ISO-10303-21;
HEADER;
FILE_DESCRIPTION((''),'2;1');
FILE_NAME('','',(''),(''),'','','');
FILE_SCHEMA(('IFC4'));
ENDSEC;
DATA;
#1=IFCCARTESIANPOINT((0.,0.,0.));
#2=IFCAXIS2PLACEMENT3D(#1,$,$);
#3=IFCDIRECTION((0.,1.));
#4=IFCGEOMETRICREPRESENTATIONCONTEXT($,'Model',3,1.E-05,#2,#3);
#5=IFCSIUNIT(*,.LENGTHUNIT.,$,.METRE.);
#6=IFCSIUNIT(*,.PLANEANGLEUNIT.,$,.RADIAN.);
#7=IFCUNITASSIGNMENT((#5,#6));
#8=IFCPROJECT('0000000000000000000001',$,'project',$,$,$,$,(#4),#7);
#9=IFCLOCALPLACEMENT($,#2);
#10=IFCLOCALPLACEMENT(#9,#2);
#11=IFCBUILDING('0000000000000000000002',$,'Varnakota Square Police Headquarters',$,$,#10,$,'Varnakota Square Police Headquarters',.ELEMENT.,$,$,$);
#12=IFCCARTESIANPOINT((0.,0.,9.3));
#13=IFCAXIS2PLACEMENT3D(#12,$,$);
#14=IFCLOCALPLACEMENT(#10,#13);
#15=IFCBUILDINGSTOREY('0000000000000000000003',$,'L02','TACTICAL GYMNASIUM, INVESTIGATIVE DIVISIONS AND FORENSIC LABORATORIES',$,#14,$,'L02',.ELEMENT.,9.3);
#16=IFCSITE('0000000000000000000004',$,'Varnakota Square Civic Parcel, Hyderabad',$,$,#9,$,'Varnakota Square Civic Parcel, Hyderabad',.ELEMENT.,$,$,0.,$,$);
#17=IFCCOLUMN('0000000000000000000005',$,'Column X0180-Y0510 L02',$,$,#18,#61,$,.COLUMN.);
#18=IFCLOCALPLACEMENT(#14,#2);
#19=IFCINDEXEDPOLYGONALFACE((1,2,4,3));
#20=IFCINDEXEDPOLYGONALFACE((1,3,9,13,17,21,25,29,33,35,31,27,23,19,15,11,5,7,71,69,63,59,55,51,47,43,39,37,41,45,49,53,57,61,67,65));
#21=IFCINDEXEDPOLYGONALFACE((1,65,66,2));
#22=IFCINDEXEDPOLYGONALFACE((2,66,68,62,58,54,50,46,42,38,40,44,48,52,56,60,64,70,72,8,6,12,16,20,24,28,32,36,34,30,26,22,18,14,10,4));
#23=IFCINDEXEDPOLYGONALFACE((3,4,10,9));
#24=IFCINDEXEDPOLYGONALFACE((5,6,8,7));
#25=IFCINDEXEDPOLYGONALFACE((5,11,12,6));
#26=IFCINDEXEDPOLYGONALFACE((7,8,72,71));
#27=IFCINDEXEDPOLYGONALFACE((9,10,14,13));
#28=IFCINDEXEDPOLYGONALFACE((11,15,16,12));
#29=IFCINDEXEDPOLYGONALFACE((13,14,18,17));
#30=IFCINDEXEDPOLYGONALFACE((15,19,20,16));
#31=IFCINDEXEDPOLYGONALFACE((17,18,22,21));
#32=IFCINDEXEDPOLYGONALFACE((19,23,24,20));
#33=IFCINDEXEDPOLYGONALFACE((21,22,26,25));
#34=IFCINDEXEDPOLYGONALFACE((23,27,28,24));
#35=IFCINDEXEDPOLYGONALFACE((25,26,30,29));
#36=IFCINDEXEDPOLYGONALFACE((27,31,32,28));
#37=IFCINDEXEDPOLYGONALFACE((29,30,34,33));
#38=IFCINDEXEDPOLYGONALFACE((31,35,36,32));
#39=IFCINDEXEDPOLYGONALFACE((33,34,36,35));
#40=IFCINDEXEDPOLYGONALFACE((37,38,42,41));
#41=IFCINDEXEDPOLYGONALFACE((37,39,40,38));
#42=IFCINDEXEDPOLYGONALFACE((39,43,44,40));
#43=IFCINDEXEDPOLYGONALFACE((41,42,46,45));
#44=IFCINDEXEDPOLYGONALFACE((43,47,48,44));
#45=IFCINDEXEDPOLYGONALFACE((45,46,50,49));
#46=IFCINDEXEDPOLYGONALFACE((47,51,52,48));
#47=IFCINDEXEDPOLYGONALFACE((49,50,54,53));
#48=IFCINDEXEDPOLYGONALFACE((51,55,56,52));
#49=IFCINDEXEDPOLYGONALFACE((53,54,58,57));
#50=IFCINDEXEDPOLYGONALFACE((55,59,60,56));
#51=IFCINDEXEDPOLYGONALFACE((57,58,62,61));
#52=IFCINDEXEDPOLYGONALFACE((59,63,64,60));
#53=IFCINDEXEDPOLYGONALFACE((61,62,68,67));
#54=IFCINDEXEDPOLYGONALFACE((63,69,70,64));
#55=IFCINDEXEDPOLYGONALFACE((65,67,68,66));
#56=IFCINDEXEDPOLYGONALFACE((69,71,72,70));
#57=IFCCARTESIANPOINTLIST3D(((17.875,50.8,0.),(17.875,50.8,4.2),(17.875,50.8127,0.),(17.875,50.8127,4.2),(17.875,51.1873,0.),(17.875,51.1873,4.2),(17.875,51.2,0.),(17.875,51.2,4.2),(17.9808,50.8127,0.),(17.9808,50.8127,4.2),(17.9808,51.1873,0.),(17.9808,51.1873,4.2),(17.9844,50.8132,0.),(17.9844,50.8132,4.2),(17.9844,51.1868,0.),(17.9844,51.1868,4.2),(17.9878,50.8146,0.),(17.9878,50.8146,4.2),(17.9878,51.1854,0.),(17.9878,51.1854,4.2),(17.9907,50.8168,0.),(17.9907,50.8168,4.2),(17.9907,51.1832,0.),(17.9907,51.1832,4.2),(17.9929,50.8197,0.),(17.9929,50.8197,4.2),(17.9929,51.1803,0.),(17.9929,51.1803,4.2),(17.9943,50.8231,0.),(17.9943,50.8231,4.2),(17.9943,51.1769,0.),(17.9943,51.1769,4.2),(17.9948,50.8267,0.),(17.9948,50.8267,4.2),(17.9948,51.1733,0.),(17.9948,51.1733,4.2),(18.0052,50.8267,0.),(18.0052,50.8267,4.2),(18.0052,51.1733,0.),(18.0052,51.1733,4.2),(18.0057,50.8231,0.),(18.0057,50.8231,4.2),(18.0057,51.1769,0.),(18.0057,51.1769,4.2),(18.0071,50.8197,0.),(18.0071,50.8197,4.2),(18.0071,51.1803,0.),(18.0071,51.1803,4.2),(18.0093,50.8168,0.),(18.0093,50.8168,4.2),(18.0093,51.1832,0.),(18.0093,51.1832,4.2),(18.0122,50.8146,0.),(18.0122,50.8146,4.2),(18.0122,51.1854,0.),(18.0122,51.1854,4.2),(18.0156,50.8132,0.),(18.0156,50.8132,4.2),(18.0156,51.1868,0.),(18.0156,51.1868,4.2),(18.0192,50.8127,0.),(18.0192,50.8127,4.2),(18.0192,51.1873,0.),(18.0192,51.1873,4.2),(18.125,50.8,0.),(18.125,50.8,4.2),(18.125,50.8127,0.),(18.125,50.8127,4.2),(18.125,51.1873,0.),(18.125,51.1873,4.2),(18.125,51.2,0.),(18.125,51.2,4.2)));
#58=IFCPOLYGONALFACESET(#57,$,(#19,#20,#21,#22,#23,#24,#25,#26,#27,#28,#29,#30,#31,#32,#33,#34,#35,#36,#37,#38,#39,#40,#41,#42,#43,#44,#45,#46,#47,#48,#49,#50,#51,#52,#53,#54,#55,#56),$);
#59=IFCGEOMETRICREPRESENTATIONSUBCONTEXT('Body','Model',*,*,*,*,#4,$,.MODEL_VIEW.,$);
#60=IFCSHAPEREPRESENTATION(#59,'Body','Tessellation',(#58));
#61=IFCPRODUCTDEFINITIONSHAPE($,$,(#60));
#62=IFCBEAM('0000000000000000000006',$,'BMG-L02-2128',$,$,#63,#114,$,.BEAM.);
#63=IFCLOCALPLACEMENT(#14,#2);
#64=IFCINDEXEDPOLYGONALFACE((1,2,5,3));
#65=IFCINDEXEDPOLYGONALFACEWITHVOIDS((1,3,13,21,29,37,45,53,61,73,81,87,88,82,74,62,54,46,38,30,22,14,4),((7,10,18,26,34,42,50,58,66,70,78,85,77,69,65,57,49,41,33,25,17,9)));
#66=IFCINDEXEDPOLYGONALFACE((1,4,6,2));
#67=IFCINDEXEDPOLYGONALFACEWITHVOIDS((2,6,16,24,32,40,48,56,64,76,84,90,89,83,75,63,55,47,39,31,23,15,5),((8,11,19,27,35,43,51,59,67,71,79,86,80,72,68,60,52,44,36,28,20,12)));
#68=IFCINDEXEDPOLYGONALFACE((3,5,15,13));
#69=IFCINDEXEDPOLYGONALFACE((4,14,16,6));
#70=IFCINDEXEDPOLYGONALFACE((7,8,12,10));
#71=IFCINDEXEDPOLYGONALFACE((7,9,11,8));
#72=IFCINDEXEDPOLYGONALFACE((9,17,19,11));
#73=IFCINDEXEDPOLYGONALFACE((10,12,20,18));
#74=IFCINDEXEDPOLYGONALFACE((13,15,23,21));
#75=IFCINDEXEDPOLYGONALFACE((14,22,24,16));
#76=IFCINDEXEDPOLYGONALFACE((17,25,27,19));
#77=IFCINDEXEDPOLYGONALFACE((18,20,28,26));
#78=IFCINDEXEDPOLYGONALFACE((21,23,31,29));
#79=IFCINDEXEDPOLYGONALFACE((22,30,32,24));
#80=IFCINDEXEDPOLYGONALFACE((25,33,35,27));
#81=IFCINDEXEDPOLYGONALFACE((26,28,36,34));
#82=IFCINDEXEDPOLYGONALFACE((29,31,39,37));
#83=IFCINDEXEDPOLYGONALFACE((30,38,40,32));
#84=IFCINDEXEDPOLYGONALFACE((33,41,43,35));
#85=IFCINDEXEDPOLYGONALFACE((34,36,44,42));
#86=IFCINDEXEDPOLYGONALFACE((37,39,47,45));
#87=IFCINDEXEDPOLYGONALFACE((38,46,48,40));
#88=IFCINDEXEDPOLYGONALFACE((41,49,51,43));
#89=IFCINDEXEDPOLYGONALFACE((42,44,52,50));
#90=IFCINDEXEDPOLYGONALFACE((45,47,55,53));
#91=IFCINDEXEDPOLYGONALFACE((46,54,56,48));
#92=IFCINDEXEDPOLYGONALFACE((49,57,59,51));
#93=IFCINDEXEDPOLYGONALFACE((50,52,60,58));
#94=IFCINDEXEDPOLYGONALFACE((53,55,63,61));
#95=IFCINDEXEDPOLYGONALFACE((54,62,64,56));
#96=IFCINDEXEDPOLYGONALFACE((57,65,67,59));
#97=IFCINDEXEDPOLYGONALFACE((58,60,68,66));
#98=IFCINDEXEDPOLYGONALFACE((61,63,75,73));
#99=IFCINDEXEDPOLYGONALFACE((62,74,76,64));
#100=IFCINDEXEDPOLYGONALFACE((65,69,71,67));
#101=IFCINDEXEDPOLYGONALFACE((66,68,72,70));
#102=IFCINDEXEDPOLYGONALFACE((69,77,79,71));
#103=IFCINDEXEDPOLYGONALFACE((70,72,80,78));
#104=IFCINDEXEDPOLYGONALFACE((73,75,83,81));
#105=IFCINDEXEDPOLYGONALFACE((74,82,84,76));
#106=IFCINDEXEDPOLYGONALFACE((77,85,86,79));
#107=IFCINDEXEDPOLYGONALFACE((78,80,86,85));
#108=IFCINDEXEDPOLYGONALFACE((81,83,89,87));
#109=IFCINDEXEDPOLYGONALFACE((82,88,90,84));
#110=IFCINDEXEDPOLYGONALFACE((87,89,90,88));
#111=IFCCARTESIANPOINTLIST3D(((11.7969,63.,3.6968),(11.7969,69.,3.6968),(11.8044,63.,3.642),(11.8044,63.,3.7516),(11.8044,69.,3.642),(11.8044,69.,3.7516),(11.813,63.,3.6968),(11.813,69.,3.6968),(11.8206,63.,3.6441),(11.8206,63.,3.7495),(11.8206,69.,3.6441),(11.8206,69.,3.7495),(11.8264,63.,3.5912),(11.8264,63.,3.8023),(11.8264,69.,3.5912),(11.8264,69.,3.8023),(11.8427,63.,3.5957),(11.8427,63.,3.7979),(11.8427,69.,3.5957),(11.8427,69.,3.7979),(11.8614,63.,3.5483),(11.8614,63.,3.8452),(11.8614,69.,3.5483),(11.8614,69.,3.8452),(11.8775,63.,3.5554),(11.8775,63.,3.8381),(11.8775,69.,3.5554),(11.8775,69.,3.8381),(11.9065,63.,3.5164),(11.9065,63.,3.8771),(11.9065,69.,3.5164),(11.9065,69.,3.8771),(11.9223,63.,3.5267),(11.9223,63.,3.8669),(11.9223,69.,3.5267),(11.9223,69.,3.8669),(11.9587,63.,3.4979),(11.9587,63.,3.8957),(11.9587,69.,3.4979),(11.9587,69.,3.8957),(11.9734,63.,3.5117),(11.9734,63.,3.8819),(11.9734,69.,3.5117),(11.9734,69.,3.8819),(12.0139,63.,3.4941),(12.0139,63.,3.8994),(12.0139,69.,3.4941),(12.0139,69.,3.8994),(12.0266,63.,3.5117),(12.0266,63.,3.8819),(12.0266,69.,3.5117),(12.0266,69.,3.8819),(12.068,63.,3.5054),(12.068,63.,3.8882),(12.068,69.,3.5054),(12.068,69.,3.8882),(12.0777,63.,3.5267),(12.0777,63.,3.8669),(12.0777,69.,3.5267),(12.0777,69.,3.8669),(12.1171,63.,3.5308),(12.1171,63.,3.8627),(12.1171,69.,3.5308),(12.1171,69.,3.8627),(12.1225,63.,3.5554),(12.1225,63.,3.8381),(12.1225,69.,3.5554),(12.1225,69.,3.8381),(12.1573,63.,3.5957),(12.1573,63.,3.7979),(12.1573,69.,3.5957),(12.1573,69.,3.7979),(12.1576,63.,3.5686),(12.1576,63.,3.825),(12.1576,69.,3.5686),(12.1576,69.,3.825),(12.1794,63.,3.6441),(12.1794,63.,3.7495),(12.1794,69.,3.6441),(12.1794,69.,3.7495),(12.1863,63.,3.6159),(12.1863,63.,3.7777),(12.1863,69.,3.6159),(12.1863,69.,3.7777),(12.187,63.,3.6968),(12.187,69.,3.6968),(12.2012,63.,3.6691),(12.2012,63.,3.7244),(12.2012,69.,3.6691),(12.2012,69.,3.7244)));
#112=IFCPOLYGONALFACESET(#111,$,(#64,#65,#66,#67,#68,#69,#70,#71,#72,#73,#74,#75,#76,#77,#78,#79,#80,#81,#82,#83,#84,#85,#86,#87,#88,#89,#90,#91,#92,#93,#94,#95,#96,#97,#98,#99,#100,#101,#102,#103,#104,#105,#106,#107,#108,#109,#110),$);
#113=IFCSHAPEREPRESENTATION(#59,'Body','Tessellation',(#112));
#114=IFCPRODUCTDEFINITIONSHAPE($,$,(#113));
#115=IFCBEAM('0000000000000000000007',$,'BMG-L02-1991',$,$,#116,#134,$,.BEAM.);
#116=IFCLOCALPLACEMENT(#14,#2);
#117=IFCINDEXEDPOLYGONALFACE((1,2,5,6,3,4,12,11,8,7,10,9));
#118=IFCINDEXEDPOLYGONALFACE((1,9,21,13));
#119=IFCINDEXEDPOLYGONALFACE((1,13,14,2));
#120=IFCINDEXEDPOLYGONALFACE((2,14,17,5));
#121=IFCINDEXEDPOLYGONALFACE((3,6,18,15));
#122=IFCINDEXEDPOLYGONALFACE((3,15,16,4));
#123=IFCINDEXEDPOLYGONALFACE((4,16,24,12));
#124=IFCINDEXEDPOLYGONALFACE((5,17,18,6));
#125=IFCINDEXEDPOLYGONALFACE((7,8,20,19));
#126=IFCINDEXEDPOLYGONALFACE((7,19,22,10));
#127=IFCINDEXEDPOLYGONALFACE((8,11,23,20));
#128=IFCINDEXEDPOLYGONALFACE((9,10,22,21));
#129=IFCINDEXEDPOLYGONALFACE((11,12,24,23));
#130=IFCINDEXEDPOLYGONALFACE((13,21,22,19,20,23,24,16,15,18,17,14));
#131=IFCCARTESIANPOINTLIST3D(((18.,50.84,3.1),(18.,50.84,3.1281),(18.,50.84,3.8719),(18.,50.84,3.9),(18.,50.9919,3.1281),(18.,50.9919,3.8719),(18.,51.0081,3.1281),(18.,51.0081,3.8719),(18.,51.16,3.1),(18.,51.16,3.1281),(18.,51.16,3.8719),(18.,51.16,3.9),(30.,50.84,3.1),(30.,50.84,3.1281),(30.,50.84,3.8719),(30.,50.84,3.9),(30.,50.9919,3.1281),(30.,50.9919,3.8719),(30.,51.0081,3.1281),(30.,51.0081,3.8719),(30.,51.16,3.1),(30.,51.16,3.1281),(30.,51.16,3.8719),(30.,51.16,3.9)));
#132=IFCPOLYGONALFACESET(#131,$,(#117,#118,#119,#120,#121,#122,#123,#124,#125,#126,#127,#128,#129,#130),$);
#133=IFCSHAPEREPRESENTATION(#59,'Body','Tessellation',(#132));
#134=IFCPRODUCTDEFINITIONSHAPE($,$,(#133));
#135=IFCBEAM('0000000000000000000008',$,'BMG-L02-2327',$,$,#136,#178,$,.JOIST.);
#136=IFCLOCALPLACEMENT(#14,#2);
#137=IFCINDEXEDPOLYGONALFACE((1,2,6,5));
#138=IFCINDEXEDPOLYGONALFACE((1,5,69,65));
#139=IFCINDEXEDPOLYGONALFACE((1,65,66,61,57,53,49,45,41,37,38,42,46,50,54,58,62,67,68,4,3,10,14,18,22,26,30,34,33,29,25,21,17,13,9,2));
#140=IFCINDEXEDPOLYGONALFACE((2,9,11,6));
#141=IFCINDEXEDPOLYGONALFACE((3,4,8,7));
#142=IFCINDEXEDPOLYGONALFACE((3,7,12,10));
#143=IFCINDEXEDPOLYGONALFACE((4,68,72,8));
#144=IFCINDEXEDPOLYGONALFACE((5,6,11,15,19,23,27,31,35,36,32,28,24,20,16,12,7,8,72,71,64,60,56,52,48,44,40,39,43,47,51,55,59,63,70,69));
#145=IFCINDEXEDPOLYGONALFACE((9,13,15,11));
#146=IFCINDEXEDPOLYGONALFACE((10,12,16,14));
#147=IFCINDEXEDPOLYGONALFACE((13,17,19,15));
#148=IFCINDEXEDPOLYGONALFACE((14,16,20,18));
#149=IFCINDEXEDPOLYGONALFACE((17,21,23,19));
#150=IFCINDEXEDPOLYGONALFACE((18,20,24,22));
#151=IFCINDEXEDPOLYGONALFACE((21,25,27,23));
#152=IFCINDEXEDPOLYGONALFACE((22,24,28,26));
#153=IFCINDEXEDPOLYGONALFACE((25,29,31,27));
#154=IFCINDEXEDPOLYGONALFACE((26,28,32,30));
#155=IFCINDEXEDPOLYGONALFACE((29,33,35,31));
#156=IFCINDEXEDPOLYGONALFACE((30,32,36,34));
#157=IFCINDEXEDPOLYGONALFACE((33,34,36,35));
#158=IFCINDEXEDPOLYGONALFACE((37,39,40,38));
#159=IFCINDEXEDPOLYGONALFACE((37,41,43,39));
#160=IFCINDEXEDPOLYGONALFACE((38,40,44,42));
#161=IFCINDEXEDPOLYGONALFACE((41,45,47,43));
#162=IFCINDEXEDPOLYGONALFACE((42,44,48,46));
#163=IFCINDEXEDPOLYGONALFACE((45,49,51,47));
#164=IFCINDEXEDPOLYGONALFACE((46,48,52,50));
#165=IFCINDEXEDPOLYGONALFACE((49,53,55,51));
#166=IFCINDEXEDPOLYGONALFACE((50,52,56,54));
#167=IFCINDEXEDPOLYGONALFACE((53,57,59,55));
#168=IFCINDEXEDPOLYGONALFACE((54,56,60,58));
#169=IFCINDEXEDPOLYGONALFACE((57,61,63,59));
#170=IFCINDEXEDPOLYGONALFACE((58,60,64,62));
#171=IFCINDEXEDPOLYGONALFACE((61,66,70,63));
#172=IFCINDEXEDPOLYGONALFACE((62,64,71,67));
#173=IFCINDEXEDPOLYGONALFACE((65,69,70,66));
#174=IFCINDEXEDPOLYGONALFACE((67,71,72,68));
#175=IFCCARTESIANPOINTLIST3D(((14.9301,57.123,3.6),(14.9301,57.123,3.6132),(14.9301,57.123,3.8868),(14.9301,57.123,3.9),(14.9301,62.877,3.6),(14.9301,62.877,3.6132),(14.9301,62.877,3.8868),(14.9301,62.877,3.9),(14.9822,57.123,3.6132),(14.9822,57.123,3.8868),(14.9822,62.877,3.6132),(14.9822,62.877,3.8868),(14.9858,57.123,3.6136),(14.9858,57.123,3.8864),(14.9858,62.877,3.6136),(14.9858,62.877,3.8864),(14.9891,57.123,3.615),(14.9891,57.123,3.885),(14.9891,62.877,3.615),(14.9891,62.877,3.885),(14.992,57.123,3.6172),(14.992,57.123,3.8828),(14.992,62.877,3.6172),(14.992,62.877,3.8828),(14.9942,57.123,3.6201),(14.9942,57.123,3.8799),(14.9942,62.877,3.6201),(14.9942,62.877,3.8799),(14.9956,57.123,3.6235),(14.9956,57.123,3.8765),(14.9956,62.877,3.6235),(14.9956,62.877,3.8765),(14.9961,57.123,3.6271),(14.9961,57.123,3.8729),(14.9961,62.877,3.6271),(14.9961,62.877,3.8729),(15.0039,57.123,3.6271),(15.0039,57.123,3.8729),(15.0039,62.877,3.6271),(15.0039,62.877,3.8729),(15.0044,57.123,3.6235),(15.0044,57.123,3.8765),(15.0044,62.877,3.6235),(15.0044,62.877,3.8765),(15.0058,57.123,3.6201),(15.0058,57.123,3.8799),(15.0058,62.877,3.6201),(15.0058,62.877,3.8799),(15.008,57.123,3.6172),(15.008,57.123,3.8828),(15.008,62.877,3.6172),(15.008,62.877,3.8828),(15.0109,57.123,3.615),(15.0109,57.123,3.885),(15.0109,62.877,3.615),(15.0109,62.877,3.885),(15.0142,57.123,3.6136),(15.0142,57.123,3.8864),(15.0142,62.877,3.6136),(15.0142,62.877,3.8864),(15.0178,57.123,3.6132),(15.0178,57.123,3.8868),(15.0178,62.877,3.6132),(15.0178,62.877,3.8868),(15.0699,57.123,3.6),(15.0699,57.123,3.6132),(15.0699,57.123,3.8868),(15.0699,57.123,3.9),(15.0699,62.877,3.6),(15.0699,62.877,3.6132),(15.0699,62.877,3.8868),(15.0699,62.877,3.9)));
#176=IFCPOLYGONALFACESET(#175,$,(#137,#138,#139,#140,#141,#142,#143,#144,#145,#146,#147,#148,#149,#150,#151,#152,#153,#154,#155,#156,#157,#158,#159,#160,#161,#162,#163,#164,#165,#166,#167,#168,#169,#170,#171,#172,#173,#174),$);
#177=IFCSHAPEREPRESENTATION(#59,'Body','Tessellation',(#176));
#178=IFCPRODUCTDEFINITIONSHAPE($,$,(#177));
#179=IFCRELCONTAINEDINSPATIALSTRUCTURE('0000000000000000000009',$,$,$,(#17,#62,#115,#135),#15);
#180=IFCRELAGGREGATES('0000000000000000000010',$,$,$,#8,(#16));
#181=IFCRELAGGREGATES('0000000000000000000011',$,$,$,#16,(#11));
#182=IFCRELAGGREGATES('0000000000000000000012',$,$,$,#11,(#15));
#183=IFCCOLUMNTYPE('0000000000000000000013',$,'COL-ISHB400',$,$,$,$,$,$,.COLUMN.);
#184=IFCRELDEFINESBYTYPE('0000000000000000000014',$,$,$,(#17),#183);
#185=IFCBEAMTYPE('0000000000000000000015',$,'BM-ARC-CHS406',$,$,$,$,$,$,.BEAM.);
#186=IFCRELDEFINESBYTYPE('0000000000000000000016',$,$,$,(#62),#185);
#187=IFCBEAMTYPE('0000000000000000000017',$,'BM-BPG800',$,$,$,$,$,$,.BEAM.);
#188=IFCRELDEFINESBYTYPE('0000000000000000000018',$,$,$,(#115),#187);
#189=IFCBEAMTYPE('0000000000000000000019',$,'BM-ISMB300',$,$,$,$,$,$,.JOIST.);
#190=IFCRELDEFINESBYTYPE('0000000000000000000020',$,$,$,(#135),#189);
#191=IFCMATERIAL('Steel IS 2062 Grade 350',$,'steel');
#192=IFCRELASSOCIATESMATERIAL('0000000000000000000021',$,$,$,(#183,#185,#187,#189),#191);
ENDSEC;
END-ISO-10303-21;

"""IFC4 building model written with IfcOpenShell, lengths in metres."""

from ifc_helpers import new_model, si_unit, direction, frame, origin, origin_2d, place, context, subcontext, project, spatial, hollow_circle, i_section, extrude, material, material_profile, profile_set, type_object, element, save


model = new_model("IFC4")

# Units and contexts
model_context = context("Model", 3, precision=1e-05, world=origin(), true_north=direction((0.0, 1.0)))
body_context = subcontext(model_context, "Body", "Model", "MODEL_VIEW")
ifc_project = project(units=[si_unit("LENGTHUNIT", "METRE"), si_unit("PLANEANGLEUNIT", "RADIAN")], contexts=[model_context])

# Site, building, storey
site_placement = place(None, origin())
site = spatial("IfcSite", under=ifc_project, at=site_placement, Name="Varnakota Square Civic Parcel, Hyderabad", LongName="Varnakota Square Civic Parcel, Hyderabad", CompositionType="ELEMENT", RefElevation=0.0)
building_placement = place(site_placement, origin())
building = spatial("IfcBuilding", under=site, at=building_placement, Name="Varnakota Square Police Headquarters", LongName="Varnakota Square Police Headquarters", CompositionType="ELEMENT")
storey_placement = place(building_placement, frame((0.0, 0.0, 9.3)))
storey = spatial("IfcBuildingStorey", under=building, at=storey_placement, Name="L02", Description="TACTICAL GYMNASIUM, INVESTIGATIVE DIVISIONS AND FORENSIC LABORATORIES", LongName="L02", CompositionType="ELEMENT", Elevation=9.3)

# Column
ifc_material_1 = material(Name="Steel IS 2062 Grade 350", Category="steel")
ifc_material_profile_1 = material_profile(ifc_material_1, i_section(OverallWidth=0.25, OverallDepth=0.3999, WebThickness=0.0105, FlangeThickness=0.0127, FilletRadius=0.0139, at=origin_2d()), Name="ISHB 400")
ifc_profile_set_1 = profile_set([ifc_material_profile_1], Name="Steel IS 2062 Grade 350")
column_type = type_object("IfcColumnType", Name="COL-ISHB400", PredefinedType="COLUMN", material=ifc_profile_set_1)
column_placement = place(storey_placement, frame((18.0, 51.0, 0.0), z_axis=(0.0, 0.0, 1.0), x_axis=(1.0, 0.0, 0.0)))
element("IfcColumn", 1, at=column_placement, inside=storey, type_object=column_type, Name="Column X0180-Y0510 L02", PredefinedType="COLUMN", context=body_context, shape_type="SweptSolid", body=[
    extrude(i_section(OverallWidth=0.25, OverallDepth=0.3999, WebThickness=0.0105, FlangeThickness=0.0127, FilletRadius=0.0139, at=origin_2d()), origin(), (0.0, 0.0, 1.0), 4.2),
])

# Beams
ifc_material_profile_2 = material_profile(ifc_material_1, hollow_circle(Radius=0.2031, WallThickness=0.0161, at=origin_2d()), Name="CHS 406.4x16.0")
ifc_profile_set_2 = profile_set([ifc_material_profile_2], Name="Steel IS 2062 Grade 350")
beam_type_1 = type_object("IfcBeamType", Name="BM-ARC-CHS406", PredefinedType="BEAM", material=ifc_profile_set_2)
beam_1_placement = place(storey_placement, frame((12.0, 63.0, 3.6968), z_axis=(0.0, 1.0, 0.0), x_axis=(-1.0, 0.0, 0.0)))
element("IfcBeam", 2, at=beam_1_placement, inside=storey, type_object=beam_type_1, Name="BMG-L02-2128", PredefinedType="BEAM", context=body_context, shape_type="SweptSolid", body=[
    extrude(hollow_circle(Radius=0.2031, WallThickness=0.0161, at=origin_2d()), origin(), (0.0, 0.0, 1.0), 6.0),
])
ifc_material_profile_3 = material_profile(ifc_material_1, i_section(OverallWidth=0.3201, OverallDepth=0.8, WebThickness=0.0161, FlangeThickness=0.0281, at=origin_2d()), Name="BPG 800x320")
ifc_profile_set_3 = profile_set([ifc_material_profile_3], Name="Steel IS 2062 Grade 350")
beam_type_2 = type_object("IfcBeamType", Name="BM-BPG800", PredefinedType="BEAM", material=ifc_profile_set_3)
beam_2_placement = place(storey_placement, frame((18.0, 51.0, 3.5), z_axis=(1.0, 0.0, 0.0), x_axis=(0.0, 1.0, 0.0)))
element("IfcBeam", 3, at=beam_2_placement, inside=storey, type_object=beam_type_2, Name="BMG-L02-1991", PredefinedType="BEAM", context=body_context, shape_type="SweptSolid", body=[
    extrude(i_section(OverallWidth=0.3201, OverallDepth=0.8, WebThickness=0.0161, FlangeThickness=0.0281, at=origin_2d()), origin(), (0.0, 0.0, 1.0), 12.0),
])
ifc_material_profile_4 = material_profile(ifc_material_1, i_section(OverallWidth=0.1399, OverallDepth=0.3, WebThickness=0.0078, FlangeThickness=0.0132, FilletRadius=0.0139, at=origin_2d()), Name="ISMB 300")
ifc_profile_set_4 = profile_set([ifc_material_profile_4], Name="Steel IS 2062 Grade 350")
beam_type_3 = type_object("IfcBeamType", Name="BM-ISMB300", PredefinedType="JOIST", material=ifc_profile_set_4)
beam_3_placement = place(storey_placement, frame((15.0, 57.123, 3.75), z_axis=(0.0, 1.0, 0.0), x_axis=(-1.0, 0.0, 0.0)))
element("IfcBeam", 4, at=beam_3_placement, inside=storey, type_object=beam_type_3, Name="BMG-L02-2327", PredefinedType="JOIST", context=body_context, shape_type="SweptSolid", body=[
    extrude(i_section(OverallWidth=0.1399, OverallDepth=0.3, WebThickness=0.0078, FlangeThickness=0.0132, FilletRadius=0.0139, at=origin_2d()), origin(), (0.0, 0.0, 1.0), 5.7539),
])

save(model, "model.ifc")
